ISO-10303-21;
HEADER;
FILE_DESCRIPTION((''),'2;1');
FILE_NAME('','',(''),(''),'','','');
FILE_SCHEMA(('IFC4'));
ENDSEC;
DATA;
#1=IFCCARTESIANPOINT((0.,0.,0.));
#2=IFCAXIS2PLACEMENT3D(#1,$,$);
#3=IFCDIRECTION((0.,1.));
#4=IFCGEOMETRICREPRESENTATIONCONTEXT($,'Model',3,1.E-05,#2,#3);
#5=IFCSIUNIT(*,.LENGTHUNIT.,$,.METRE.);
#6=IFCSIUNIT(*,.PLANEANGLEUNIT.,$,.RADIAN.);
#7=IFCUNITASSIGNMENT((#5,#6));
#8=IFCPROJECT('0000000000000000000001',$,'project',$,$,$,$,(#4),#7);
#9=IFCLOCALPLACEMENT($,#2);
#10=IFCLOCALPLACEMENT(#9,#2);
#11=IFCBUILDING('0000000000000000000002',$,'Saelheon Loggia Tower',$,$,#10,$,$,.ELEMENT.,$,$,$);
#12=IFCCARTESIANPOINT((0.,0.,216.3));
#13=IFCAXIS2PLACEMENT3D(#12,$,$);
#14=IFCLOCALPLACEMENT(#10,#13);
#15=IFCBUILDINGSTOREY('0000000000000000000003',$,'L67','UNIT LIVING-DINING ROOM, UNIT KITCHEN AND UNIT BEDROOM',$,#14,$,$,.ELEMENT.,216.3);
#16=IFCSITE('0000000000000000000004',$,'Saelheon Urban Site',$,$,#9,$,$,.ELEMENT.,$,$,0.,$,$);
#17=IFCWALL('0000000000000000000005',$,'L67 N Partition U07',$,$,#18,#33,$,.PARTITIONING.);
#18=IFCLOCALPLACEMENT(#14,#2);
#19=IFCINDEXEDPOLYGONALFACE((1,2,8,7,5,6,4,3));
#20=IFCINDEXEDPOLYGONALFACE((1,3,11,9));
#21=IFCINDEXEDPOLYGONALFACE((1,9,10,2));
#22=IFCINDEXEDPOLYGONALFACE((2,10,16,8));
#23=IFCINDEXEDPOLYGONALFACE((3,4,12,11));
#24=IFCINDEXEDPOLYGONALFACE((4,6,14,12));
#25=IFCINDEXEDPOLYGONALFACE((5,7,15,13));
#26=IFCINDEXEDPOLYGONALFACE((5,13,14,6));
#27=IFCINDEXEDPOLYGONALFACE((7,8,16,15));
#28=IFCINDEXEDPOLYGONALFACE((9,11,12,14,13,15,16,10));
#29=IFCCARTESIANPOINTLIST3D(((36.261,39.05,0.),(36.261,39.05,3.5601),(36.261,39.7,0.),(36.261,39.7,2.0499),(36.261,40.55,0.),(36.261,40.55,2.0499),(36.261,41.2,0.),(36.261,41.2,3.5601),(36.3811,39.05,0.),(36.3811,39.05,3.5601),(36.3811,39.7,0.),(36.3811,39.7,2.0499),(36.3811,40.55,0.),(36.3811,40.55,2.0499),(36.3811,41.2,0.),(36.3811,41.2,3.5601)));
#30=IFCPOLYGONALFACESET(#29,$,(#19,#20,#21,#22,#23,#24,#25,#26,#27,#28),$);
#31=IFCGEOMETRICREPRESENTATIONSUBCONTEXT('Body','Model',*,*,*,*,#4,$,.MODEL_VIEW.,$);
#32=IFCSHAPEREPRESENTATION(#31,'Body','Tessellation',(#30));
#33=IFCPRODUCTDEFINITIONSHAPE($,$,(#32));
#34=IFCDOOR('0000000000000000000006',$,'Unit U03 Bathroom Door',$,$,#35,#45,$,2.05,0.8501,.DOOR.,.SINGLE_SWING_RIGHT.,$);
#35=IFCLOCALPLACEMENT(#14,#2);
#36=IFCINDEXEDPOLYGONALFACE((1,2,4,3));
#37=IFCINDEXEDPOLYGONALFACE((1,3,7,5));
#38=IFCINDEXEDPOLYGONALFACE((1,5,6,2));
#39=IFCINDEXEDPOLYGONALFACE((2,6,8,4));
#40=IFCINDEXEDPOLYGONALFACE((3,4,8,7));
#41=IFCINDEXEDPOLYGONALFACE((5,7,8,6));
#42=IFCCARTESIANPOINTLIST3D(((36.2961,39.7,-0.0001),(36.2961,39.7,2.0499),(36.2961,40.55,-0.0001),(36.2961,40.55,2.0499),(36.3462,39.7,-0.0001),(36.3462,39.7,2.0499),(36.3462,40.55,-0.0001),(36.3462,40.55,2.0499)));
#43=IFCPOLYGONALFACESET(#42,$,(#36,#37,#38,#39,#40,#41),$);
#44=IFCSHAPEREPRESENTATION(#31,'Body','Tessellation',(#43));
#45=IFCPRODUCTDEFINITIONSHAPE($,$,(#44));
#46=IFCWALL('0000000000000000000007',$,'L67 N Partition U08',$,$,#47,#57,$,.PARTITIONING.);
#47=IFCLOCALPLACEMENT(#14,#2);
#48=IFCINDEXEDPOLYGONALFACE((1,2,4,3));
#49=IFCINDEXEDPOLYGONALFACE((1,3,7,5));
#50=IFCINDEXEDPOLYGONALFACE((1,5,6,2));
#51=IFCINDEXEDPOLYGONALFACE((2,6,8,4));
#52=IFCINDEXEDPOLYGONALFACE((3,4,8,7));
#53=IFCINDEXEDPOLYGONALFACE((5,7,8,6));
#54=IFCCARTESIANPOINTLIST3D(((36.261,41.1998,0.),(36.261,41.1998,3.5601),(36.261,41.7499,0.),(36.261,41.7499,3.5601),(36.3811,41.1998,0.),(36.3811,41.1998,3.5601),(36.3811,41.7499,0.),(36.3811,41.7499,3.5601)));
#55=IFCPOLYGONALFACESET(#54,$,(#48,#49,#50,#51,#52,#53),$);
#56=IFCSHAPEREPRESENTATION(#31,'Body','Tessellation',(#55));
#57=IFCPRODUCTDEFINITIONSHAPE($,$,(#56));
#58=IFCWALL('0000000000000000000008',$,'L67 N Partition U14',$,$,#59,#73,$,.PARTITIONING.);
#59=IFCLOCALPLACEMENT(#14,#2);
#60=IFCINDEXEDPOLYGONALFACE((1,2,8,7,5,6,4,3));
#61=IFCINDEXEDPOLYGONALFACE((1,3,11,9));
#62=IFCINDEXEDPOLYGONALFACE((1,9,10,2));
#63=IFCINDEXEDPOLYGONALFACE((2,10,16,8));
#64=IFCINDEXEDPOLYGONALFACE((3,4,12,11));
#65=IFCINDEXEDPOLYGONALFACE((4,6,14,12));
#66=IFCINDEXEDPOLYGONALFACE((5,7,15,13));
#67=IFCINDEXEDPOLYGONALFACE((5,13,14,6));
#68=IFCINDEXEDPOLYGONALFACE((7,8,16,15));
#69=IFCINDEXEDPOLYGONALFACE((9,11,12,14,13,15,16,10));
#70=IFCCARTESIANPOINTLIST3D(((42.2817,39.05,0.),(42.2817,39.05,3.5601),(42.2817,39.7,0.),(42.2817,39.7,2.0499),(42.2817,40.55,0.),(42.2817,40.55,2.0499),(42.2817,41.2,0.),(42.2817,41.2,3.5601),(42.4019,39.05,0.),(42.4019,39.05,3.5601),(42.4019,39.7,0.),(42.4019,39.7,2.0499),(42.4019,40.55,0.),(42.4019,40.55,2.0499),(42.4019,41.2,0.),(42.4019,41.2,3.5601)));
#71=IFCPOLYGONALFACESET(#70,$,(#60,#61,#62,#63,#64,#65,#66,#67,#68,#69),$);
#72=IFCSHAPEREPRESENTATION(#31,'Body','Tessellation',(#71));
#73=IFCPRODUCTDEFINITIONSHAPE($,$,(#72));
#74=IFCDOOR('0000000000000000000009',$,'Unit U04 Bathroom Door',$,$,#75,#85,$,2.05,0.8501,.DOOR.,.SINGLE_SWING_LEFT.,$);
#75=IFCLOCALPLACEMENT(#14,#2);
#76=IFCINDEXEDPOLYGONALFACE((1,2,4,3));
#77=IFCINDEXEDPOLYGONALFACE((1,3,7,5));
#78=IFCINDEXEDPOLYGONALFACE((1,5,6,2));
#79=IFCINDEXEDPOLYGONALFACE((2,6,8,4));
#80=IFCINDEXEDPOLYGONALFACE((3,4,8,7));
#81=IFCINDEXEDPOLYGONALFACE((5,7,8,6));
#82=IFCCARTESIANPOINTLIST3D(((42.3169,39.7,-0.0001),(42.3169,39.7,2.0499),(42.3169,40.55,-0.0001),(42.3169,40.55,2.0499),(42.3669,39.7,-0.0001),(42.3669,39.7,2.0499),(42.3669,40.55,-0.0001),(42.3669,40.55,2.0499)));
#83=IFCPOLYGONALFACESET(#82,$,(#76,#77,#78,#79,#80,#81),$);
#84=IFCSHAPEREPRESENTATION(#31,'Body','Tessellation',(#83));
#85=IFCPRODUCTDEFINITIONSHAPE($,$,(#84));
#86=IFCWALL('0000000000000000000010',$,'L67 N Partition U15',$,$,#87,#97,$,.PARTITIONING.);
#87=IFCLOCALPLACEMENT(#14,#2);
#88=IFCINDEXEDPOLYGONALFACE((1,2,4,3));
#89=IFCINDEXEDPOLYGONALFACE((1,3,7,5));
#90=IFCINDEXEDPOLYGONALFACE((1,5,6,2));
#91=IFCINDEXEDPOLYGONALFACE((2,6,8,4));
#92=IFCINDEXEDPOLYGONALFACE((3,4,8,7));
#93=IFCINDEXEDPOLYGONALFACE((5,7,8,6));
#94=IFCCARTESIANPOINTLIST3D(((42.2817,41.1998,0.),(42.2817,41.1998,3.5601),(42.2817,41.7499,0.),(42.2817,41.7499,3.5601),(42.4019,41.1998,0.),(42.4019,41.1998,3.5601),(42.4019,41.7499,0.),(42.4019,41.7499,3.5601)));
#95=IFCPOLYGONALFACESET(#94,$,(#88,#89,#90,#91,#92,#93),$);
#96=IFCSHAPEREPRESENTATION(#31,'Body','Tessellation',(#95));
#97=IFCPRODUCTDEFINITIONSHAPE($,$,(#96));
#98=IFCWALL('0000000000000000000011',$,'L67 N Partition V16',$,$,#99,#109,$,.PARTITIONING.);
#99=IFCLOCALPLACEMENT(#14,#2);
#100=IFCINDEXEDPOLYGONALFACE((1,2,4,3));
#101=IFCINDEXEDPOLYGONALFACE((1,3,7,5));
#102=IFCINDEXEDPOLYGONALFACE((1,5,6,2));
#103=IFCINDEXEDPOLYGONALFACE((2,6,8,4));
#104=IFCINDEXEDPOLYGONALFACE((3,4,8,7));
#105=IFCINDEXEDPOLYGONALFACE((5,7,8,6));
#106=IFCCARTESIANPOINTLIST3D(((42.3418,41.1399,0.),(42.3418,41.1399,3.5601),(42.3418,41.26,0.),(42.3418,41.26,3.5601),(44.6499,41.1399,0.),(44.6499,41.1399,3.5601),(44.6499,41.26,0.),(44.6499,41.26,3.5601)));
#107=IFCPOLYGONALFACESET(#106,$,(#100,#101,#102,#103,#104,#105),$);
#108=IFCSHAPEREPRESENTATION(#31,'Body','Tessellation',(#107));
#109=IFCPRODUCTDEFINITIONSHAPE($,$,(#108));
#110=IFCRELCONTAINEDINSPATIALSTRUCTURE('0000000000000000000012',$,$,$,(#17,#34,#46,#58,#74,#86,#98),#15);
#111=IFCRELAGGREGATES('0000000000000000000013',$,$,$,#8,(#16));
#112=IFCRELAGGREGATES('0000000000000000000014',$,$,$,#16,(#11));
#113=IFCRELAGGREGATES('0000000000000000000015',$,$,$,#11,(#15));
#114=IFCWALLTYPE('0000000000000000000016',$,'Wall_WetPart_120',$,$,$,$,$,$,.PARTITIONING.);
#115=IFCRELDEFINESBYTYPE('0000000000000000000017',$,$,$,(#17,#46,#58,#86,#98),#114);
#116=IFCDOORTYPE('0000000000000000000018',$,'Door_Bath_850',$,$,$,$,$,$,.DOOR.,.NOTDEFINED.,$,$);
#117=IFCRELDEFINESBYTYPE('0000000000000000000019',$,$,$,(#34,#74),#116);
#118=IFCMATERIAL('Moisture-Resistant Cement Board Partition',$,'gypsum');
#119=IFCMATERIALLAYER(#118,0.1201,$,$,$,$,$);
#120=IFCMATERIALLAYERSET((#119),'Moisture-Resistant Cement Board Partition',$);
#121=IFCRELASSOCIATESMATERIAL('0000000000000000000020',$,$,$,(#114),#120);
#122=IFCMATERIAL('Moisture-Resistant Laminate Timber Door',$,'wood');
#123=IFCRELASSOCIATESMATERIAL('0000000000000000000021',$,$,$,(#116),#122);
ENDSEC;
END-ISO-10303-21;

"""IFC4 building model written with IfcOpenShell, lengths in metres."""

from ifc_helpers import new_model, si_unit, direction, frame, frame_2d, origin, place, context, subcontext, project, spatial, rectangle, extrude, source, transform, mapped, material, layer, layer_set, type_object, element, fill, save


model = new_model("IFC4")

# Units and contexts
model_context = context("Model", 3, precision=1e-05, world=origin(), true_north=direction((0.0, 1.0)))
body_context = subcontext(model_context, "Body", "Model", "MODEL_VIEW")
ifc_project = project(units=[si_unit("LENGTHUNIT", "METRE"), si_unit("PLANEANGLEUNIT", "RADIAN")], contexts=[model_context])

# Site, building, storey
site_placement = place(None, origin())
site = spatial("IfcSite", under=ifc_project, at=site_placement, Name="Saelheon Urban Site", CompositionType="ELEMENT", RefElevation=0.0)
building_placement = place(site_placement, origin())
building = spatial("IfcBuilding", under=site, at=building_placement, Name="Saelheon Loggia Tower", CompositionType="ELEMENT")
storey_placement = place(building_placement, frame((0.0, 0.0, 216.3)))
storey = spatial("IfcBuildingStorey", under=building, at=storey_placement, Name="L67", Description="UNIT LIVING-DINING ROOM, UNIT KITCHEN AND UNIT BEDROOM", CompositionType="ELEMENT", Elevation=216.3)

# Wall, opening, door
ifc_material_1 = material(Name="Moisture-Resistant Cement Board Partition", Category="gypsum")
ifc_layer_1 = layer(ifc_material_1, 0.1201)
ifc_layer_set_1 = layer_set([ifc_layer_1], Name="Moisture-Resistant Cement Board Partition")
wall_type_1 = type_object("IfcWallType", Name="Wall_WetPart_120", PredefinedType="PARTITIONING", material=ifc_layer_set_1)
wall_1_placement = place(storey_placement, frame((36.321, 39.05, 0.0), z_axis=(0.0, 0.0, 1.0), x_axis=(0.0, 1.0, 0.0)))
wall_1 = element("IfcWall", 1, at=wall_1_placement, inside=storey, type_object=wall_type_1, Name="L67 N Partition U07", PredefinedType="PARTITIONING", context=body_context, shape_type="SweptSolid", body=[
    extrude(rectangle(XDim=2.1499, YDim=0.1201, at=frame_2d((1.075, 0.0))), origin(), (0.0, 0.0, 1.0), 3.5601),
])
opening_1_placement = place(wall_1_placement, frame((0.6499, 0.0, 0.0)))
opening_1 = element("IfcOpeningElement", 2, at=opening_1_placement, cuts=wall_1, PredefinedType="OPENING", context=body_context, shape_type="SweptSolid", body=[
    extrude(rectangle(XDim=0.8501, YDim=2.05, at=frame_2d((0.425, 1.0249))), frame((0.0, 0.072, 0.0), z_axis=(0.0, -1.0, 0.0), x_axis=(1.0, 0.0, 0.0)), (0.0, 0.0, 1.0), 0.144),
])
ifc_material_2 = material(Name="Moisture-Resistant Laminate Timber Door", Category="wood")
door_type_1 = type_object("IfcDoorType", Name="Door_Bath_850", OperationType="NOTDEFINED", PredefinedType="DOOR", material=ifc_material_2)
shared_shape_1 = source(origin(), body_context, "Body", "SweptSolid", [
    extrude(rectangle(XDim=0.8501, YDim=2.05, at=frame_2d((0.425, 1.0249))), frame((0.0, 0.0249, 0.0), z_axis=(0.0, -1.0, 0.0), x_axis=(1.0, 0.0, 0.0)), (0.0, 0.0, 1.0), 0.05),
])
door_1_placement = place(opening_1_placement, origin())
door_1 = element("IfcDoor", 3, at=door_1_placement, inside=storey, type_object=door_type_1, Name="Unit U03 Bathroom Door", OperationType="SINGLE_SWING_RIGHT", OverallHeight=2.05, OverallWidth=0.8501, PredefinedType="DOOR", context=body_context, shape_type="MappedRepresentation", body=[
    mapped(shared_shape_1, transform((0.0, 0.0, 0.0), scale=1.0)),
])
fill(opening_1, door_1)

# Wall
wall_2_placement = place(storey_placement, frame((36.321, 41.2, 0.0), z_axis=(0.0, 0.0, 1.0), x_axis=(0.0, 1.0, 0.0)))
element("IfcWall", 4, at=wall_2_placement, inside=storey, type_object=wall_type_1, Name="L67 N Partition U08", PredefinedType="PARTITIONING", context=body_context, shape_type="SweptSolid", body=[
    extrude(rectangle(XDim=0.55, YDim=0.1201, at=frame_2d((0.2749, 0.0))), origin(), (0.0, 0.0, 1.0), 3.5601),
])

# Wall, opening, door
wall_3_placement = place(storey_placement, frame((42.3418, 39.05, 0.0), z_axis=(0.0, 0.0, 1.0), x_axis=(0.0, 1.0, 0.0)))
wall_3 = element("IfcWall", 5, at=wall_3_placement, inside=storey, type_object=wall_type_1, Name="L67 N Partition U14", PredefinedType="PARTITIONING", context=body_context, shape_type="SweptSolid", body=[
    extrude(rectangle(XDim=2.1499, YDim=0.1201, at=frame_2d((1.075, 0.0))), origin(), (0.0, 0.0, 1.0), 3.5601),
])
opening_2_placement = place(wall_3_placement, frame((0.6499, 0.0, 0.0)))
opening_2 = element("IfcOpeningElement", 6, at=opening_2_placement, cuts=wall_3, PredefinedType="OPENING", context=body_context, shape_type="SweptSolid", body=[
    extrude(rectangle(XDim=0.8501, YDim=2.05, at=frame_2d((0.425, 1.0249))), frame((0.0, 0.072, 0.0), z_axis=(0.0, -1.0, 0.0), x_axis=(1.0, 0.0, 0.0)), (0.0, 0.0, 1.0), 0.144),
])
door_2_placement = place(opening_2_placement, origin())
door_2 = element("IfcDoor", 7, at=door_2_placement, inside=storey, type_object=door_type_1, Name="Unit U04 Bathroom Door", OperationType="SINGLE_SWING_LEFT", OverallHeight=2.05, OverallWidth=0.8501, PredefinedType="DOOR", context=body_context, shape_type="MappedRepresentation", body=[
    mapped(shared_shape_1, transform((0.0, 0.0, 0.0), scale=1.0)),
])
fill(opening_2, door_2)

# Walls
wall_4_placement = place(storey_placement, frame((42.3418, 41.2, 0.0), z_axis=(0.0, 0.0, 1.0), x_axis=(0.0, 1.0, 0.0)))
element("IfcWall", 8, at=wall_4_placement, inside=storey, type_object=wall_type_1, Name="L67 N Partition U15", PredefinedType="PARTITIONING", context=body_context, shape_type="SweptSolid", body=[
    extrude(rectangle(XDim=0.55, YDim=0.1201, at=frame_2d((0.2749, 0.0))), origin(), (0.0, 0.0, 1.0), 3.5601),
])
wall_5_placement = place(storey_placement, frame((42.3418, 41.2, 0.0), z_axis=(0.0, 0.0, 1.0), x_axis=(1.0, 0.0, 0.0)))
element("IfcWall", 9, at=wall_5_placement, inside=storey, type_object=wall_type_1, Name="L67 N Partition V16", PredefinedType="PARTITIONING", context=body_context, shape_type="SweptSolid", body=[
    extrude(rectangle(XDim=2.3081, YDim=0.1201, at=frame_2d((1.1541, 0.0))), origin(), (0.0, 0.0, 1.0), 3.5601),
])

save(model, "model.ifc")
